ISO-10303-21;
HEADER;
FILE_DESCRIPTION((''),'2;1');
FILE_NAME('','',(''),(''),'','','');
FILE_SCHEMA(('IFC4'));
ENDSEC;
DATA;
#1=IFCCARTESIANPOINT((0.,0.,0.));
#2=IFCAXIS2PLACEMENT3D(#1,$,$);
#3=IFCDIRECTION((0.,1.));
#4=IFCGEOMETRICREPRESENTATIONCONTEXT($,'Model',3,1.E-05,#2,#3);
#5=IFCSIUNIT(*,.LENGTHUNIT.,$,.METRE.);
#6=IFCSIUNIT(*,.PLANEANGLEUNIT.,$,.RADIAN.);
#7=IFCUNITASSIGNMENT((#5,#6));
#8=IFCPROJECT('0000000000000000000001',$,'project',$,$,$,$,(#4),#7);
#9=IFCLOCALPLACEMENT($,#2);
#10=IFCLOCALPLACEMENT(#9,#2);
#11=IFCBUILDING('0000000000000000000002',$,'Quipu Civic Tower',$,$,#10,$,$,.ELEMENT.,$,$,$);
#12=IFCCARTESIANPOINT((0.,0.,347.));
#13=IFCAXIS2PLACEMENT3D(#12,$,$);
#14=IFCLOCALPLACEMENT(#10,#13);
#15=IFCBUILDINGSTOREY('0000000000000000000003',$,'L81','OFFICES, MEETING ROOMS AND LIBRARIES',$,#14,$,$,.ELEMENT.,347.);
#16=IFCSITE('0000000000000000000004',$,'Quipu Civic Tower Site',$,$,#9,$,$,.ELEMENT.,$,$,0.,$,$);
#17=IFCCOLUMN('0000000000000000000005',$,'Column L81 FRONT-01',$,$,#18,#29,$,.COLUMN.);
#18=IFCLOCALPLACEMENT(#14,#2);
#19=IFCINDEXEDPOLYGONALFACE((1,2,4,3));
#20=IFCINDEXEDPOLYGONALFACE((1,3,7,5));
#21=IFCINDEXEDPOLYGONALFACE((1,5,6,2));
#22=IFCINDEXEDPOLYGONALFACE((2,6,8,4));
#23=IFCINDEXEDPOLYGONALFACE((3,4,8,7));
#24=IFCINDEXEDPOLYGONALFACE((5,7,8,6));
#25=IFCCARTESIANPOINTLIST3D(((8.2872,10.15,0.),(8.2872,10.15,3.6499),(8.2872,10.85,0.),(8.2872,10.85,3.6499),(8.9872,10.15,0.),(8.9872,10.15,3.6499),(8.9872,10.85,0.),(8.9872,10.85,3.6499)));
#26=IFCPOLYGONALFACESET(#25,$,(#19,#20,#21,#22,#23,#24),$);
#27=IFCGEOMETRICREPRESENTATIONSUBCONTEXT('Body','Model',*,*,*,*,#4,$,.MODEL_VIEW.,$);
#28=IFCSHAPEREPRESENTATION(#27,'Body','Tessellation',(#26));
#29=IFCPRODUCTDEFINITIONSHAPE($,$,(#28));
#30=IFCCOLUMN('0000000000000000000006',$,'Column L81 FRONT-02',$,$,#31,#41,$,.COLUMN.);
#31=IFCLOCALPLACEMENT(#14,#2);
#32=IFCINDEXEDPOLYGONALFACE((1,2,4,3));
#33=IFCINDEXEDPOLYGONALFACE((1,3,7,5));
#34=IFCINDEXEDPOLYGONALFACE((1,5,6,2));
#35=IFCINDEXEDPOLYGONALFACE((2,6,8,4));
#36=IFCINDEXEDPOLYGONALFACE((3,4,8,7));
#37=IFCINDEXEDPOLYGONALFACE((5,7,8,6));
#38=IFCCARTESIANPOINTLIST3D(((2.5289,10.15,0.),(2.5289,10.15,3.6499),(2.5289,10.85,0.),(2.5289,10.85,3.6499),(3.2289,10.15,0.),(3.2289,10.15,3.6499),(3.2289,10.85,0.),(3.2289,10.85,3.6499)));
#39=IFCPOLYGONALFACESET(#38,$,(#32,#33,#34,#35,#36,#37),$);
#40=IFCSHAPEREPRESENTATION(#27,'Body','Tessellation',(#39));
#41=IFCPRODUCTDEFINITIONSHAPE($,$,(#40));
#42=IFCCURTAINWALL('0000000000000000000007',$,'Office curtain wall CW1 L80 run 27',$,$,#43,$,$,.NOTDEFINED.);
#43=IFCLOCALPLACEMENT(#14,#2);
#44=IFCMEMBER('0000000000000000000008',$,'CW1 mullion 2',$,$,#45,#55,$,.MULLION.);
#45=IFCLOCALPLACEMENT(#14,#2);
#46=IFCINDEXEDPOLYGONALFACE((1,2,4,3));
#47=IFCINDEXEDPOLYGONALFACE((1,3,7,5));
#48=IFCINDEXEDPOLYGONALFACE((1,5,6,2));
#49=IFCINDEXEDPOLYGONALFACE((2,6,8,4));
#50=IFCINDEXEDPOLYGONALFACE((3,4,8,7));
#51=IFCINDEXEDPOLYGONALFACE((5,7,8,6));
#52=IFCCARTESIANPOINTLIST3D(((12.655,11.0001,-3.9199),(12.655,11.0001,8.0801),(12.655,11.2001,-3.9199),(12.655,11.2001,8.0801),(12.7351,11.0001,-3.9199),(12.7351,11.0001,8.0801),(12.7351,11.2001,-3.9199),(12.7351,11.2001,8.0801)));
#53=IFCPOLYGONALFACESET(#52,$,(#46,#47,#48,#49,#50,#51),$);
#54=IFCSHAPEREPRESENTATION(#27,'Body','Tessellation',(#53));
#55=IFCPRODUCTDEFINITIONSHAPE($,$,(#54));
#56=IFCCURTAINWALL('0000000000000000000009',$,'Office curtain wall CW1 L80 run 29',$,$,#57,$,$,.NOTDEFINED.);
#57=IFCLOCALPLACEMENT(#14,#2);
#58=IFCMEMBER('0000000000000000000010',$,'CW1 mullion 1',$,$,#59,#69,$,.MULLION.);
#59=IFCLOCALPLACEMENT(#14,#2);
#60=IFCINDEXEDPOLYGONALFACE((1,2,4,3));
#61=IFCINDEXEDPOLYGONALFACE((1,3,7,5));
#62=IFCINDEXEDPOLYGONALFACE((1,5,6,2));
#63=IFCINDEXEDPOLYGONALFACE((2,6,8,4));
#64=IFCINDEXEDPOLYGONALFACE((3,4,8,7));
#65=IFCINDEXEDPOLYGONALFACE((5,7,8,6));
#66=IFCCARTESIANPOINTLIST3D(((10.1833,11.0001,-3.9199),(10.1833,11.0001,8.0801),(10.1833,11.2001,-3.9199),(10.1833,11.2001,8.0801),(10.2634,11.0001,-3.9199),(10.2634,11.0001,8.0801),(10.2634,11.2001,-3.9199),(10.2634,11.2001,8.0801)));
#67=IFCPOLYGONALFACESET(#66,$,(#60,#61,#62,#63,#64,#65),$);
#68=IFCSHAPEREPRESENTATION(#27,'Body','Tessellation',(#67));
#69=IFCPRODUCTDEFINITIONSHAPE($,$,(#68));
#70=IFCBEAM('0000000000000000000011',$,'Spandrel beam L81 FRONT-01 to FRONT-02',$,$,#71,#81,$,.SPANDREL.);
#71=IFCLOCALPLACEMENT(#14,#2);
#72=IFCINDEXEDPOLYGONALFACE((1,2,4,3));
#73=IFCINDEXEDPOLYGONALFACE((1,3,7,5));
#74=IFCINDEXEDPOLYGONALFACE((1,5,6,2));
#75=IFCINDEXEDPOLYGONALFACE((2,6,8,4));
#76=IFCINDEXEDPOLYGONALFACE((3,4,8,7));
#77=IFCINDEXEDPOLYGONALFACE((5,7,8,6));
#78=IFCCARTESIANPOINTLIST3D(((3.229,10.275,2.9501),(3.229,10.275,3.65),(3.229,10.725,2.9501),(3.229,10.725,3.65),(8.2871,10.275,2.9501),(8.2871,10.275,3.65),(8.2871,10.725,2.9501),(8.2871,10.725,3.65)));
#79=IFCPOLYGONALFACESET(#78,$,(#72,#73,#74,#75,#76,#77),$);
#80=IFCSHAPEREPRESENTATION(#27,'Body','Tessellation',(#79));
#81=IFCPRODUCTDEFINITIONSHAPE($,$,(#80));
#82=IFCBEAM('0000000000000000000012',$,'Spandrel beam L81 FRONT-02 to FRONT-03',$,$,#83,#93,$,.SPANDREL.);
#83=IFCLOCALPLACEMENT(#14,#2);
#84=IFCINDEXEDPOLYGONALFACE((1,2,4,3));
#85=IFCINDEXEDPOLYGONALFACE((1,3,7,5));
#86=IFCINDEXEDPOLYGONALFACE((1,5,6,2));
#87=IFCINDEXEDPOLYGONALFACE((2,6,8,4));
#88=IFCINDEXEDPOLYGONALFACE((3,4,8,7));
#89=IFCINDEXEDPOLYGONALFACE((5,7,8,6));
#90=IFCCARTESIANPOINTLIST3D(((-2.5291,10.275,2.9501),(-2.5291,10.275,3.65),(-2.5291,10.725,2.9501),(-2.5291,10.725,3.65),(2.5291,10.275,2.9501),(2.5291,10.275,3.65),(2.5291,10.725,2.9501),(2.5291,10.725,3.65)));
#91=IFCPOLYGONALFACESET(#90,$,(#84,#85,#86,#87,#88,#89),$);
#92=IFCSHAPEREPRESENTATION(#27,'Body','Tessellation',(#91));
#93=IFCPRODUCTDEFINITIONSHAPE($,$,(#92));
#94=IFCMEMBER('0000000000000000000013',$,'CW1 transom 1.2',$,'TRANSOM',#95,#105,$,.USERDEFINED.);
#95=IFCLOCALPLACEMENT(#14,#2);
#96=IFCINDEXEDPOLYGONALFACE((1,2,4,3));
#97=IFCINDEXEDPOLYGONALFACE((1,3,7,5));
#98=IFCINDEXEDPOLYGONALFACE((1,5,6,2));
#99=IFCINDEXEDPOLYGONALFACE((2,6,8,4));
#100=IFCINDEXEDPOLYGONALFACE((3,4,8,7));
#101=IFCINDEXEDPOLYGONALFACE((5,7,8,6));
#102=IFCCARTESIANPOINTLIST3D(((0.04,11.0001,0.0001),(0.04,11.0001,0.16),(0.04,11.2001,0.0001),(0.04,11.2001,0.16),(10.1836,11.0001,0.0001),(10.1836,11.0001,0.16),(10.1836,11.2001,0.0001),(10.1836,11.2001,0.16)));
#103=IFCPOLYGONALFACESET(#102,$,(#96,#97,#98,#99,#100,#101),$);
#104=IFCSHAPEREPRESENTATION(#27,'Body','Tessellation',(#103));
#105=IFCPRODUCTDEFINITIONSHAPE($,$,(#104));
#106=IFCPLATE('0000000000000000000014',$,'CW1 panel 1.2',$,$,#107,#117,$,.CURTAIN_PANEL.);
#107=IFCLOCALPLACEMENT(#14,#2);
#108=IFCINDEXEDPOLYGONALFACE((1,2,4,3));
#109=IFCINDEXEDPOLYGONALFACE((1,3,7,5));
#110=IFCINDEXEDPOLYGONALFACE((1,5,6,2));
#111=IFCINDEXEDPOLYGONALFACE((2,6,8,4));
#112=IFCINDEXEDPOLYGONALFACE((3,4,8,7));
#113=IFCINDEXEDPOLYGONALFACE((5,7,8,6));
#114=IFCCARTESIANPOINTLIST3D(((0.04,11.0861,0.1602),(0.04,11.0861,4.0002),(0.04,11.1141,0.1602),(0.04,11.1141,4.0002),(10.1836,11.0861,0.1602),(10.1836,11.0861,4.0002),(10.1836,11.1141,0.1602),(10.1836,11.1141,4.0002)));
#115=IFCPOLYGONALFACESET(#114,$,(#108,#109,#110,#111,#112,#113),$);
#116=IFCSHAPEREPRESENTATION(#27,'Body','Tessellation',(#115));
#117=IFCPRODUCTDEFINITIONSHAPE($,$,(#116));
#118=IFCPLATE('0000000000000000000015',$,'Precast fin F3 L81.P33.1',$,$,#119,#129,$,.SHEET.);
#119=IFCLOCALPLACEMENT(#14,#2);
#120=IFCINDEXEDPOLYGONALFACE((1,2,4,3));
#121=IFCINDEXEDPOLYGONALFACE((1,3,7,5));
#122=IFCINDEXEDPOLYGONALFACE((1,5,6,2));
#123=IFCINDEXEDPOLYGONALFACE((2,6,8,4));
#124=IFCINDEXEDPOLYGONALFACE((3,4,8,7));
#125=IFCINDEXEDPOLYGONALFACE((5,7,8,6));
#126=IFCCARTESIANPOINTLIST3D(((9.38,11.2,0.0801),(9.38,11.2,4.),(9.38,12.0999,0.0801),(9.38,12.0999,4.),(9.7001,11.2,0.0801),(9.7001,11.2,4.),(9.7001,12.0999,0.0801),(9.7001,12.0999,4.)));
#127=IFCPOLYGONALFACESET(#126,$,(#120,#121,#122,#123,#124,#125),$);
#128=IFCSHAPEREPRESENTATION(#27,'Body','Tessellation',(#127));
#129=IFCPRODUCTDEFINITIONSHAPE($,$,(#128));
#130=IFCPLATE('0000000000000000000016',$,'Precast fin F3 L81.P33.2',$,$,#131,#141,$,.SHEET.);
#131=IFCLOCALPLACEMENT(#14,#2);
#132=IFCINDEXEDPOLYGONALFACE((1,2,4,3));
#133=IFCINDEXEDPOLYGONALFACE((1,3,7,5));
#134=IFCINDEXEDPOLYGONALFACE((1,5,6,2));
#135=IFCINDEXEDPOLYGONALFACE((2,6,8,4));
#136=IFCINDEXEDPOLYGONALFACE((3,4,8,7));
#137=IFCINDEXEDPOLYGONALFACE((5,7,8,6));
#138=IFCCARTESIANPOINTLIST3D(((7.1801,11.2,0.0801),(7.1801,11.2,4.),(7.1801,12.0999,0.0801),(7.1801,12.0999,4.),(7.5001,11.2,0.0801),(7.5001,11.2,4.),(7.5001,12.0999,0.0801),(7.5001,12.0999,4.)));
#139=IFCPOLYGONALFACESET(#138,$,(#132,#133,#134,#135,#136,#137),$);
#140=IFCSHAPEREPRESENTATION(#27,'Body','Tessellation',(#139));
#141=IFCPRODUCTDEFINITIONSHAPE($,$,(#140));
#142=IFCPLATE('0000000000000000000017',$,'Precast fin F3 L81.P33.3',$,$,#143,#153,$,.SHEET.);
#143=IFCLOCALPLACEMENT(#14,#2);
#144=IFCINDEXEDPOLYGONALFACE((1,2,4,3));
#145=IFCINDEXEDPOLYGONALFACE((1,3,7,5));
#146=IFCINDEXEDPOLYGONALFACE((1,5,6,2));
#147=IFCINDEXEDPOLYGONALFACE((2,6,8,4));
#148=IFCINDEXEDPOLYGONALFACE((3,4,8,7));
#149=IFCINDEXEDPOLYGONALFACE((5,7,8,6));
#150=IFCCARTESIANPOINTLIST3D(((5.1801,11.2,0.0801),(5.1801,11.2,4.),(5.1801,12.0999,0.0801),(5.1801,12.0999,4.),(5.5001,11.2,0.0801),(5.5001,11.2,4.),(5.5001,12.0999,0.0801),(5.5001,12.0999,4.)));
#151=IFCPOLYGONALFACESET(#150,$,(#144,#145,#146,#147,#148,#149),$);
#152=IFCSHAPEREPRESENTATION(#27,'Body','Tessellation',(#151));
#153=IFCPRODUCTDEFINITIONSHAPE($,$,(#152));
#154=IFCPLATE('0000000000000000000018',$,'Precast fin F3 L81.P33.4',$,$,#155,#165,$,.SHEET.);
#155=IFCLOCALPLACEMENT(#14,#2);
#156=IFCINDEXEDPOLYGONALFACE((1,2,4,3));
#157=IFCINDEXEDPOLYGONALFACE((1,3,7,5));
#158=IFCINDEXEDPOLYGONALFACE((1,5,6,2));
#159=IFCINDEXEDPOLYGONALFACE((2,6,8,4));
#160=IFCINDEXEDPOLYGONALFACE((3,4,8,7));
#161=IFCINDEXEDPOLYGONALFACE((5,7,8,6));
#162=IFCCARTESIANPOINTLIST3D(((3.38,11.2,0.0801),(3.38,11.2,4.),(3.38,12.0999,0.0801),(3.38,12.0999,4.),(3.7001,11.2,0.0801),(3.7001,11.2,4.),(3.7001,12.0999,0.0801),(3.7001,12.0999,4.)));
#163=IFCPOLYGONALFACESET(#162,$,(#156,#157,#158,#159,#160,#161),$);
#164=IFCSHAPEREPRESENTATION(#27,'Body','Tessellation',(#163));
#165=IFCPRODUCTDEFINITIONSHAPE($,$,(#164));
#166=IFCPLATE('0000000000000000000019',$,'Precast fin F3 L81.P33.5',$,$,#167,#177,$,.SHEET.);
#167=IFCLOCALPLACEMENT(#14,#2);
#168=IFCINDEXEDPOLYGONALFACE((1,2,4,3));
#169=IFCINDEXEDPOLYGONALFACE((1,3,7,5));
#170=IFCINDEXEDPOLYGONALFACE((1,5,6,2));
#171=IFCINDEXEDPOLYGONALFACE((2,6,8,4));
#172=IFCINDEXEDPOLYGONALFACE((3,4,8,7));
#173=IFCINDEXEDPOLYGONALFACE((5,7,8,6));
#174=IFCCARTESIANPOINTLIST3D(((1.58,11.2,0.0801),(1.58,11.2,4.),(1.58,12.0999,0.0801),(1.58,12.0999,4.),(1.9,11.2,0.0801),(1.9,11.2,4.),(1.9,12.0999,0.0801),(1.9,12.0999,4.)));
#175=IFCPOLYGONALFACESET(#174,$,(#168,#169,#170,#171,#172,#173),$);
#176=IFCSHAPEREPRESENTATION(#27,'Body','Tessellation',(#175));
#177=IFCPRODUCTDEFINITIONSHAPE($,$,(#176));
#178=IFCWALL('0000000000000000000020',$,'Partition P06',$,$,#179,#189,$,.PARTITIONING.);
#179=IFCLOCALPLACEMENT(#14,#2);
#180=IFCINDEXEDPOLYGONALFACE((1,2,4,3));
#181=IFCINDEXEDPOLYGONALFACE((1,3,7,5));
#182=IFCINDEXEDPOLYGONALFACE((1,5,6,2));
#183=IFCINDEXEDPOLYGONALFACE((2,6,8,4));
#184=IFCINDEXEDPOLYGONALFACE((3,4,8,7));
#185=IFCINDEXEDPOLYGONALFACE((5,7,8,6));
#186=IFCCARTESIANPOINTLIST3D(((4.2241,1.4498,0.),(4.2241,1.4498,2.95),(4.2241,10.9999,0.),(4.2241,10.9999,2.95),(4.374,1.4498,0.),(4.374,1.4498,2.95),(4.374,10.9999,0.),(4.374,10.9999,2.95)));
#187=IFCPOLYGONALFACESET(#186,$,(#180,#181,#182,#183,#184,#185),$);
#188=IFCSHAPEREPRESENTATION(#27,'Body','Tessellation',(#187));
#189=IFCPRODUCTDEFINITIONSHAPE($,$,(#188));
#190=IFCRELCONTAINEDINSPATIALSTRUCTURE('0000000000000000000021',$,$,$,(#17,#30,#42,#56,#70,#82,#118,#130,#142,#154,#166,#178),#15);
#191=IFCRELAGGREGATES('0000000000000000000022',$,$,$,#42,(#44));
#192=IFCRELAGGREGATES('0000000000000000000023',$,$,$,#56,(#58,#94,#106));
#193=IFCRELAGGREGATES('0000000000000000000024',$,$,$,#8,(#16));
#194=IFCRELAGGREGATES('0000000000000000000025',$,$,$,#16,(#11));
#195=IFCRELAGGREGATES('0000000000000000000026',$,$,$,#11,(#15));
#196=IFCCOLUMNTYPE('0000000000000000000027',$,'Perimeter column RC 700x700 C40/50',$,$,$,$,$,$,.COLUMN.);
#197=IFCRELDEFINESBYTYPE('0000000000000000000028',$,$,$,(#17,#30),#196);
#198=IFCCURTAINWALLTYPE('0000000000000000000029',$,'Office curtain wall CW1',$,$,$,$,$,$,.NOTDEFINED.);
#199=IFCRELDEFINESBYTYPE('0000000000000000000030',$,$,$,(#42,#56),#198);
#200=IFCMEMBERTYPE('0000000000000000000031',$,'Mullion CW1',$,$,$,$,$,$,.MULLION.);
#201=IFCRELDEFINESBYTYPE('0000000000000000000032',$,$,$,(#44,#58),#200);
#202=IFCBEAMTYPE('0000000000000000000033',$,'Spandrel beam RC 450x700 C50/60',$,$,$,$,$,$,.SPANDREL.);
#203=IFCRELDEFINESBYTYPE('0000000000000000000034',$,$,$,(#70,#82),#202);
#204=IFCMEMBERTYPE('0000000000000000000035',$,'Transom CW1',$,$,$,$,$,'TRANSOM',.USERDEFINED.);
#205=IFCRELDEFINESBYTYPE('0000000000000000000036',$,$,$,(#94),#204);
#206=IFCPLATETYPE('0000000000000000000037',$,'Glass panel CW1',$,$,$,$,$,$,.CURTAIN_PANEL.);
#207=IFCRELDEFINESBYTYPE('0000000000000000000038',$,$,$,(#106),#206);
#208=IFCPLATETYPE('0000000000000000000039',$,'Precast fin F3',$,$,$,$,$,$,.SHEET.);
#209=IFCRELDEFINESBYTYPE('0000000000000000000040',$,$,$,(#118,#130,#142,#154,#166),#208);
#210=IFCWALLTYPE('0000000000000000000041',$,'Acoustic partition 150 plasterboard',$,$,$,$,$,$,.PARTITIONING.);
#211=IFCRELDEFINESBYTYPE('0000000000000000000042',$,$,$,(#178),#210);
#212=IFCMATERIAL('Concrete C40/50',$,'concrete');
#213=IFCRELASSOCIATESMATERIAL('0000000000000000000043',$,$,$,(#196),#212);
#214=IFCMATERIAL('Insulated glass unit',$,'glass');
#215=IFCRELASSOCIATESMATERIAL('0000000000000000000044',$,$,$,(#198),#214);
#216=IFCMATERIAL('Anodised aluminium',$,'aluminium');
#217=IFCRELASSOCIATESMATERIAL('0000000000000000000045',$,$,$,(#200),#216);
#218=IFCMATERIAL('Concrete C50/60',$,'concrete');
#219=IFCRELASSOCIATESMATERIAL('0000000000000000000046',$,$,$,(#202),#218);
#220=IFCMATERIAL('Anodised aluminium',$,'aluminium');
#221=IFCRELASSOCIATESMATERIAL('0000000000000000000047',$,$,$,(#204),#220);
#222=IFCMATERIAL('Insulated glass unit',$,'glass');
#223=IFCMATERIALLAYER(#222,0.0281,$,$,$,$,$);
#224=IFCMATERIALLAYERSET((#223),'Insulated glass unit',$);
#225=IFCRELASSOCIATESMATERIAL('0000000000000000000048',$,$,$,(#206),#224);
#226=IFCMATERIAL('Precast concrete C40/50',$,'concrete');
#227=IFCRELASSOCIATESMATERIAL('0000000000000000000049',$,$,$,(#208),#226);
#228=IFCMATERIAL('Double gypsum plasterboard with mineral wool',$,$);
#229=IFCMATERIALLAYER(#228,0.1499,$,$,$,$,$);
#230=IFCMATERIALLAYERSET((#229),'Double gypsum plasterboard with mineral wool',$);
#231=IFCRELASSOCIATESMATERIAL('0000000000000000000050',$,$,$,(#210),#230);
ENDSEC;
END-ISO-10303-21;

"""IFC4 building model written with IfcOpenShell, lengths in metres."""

from ifc_helpers import new_model, si_unit, direction, frame, frame_2d, origin, origin_2d, place, context, subcontext, project, spatial, rectangle, extrude, material, layer, layer_set, material_profile, profile_set, type_object, element, aggregate, save


model = new_model("IFC4")

# Units and contexts
model_context = context("Model", 3, precision=1e-05, world=origin(), true_north=direction((0.0, 1.0)))
body_context = subcontext(model_context, "Body", "Model", "MODEL_VIEW")
ifc_project = project(units=[si_unit("LENGTHUNIT", "METRE"), si_unit("PLANEANGLEUNIT", "RADIAN")], contexts=[model_context])

# Site, building, storey
site_placement = place(None, origin())
site = spatial("IfcSite", under=ifc_project, at=site_placement, Name="Quipu Civic Tower Site", CompositionType="ELEMENT", RefElevation=0.0)
building_placement = place(site_placement, origin())
building = spatial("IfcBuilding", under=site, at=building_placement, Name="Quipu Civic Tower", CompositionType="ELEMENT")
storey_placement = place(building_placement, frame((0.0, 0.0, 347.0)))
storey = spatial("IfcBuildingStorey", under=building, at=storey_placement, Name="L81", Description="OFFICES, MEETING ROOMS AND LIBRARIES", CompositionType="ELEMENT", Elevation=347.0)

# Columns
ifc_material_1 = material(Name="Concrete C40/50", Category="concrete")
ifc_material_profile_1 = material_profile(ifc_material_1, rectangle(XDim=0.7, YDim=0.7, at=origin_2d()), Name="RC700x700")
ifc_profile_set_1 = profile_set([ifc_material_profile_1], Name="Concrete C40/50")
column_type = type_object("IfcColumnType", Name="Perimeter column RC 700x700 C40/50", PredefinedType="COLUMN", material=ifc_profile_set_1)
for number, where, z_axis, x_axis, name in (
    (1, (8.6372, 10.5, 0.0), (0.0, 0.0, 1.0), (-1.0, 0.0, 0.0), "Column L81 FRONT-01"),
    (2, (2.8789, 10.5, 0.0), (0.0, 0.0, 1.0), (-1.0, 0.0, 0.0), "Column L81 FRONT-02"),
):
    element("IfcColumn", number, at=place(storey_placement, frame(where, z_axis=z_axis, x_axis=x_axis)), inside=storey, type_object=column_type, Name=name, PredefinedType="COLUMN", context=body_context, shape_type="SweptSolid", body=[
        extrude(rectangle(XDim=0.7, YDim=0.7, at=origin_2d()), origin(), (0.0, 0.0, 1.0), 3.6499),
    ])

# Curtain walls, members
ifc_material_2 = material(Name="Insulated glass unit", Category="glass")
curtain_wall_type = type_object("IfcCurtainWallType", Name="Office curtain wall CW1", PredefinedType="NOTDEFINED", material=ifc_material_2)
curtain_wall_1_placement = place(storey_placement, origin())
curtain_wall_1 = element("IfcCurtainWall", 3, at=curtain_wall_1_placement, inside=storey, type_object=curtain_wall_type, Name="Office curtain wall CW1 L80 run 27", PredefinedType="NOTDEFINED")
ifc_material_3 = material(Name="Anodised aluminium", Category="aluminium")
ifc_material_profile_2 = material_profile(ifc_material_3, rectangle(XDim=0.2, YDim=0.0801, at=origin_2d()), Name="RECT 200x80")
ifc_profile_set_2 = profile_set([ifc_material_profile_2], Name="Anodised aluminium")
member_type_1 = type_object("IfcMemberType", Name="Mullion CW1", PredefinedType="MULLION", material=ifc_profile_set_2)
member_1_placement = place(storey_placement, frame((12.6951, 11.1001, -3.9199), z_axis=(0.0, 0.0, 1.0), x_axis=(0.0, -1.0, 0.0)))
member_1 = element("IfcMember", 4, at=member_1_placement, type_object=member_type_1, Name="CW1 mullion 2", PredefinedType="MULLION", context=body_context, shape_type="SweptSolid", body=[
    extrude(rectangle(XDim=0.2, YDim=0.0801, at=origin_2d()), origin(), (0.0, 0.0, 1.0), 12.0),
])
aggregate(curtain_wall_1, [member_1])
curtain_wall_2_placement = place(storey_placement, origin())
curtain_wall_2 = element("IfcCurtainWall", 5, at=curtain_wall_2_placement, inside=storey, type_object=curtain_wall_type, Name="Office curtain wall CW1 L80 run 29", PredefinedType="NOTDEFINED")
member_2_placement = place(storey_placement, frame((10.2234, 11.1001, -3.9199), z_axis=(0.0, 0.0, 1.0), x_axis=(0.0, -1.0, 0.0)))
member_2 = element("IfcMember", 6, at=member_2_placement, type_object=member_type_1, Name="CW1 mullion 1", PredefinedType="MULLION", context=body_context, shape_type="SweptSolid", body=[
    extrude(rectangle(XDim=0.2, YDim=0.0801, at=origin_2d()), origin(), (0.0, 0.0, 1.0), 12.0),
])

# Beams
ifc_material_4 = material(Name="Concrete C50/60", Category="concrete")
ifc_material_profile_3 = material_profile(ifc_material_4, rectangle(XDim=0.45, YDim=0.7, at=origin_2d()), Name="RC450x700")
ifc_profile_set_3 = profile_set([ifc_material_profile_3], Name="Concrete C50/60")
beam_type = type_object("IfcBeamType", Name="Spandrel beam RC 450x700 C50/60", PredefinedType="SPANDREL", material=ifc_profile_set_3)
for number, where, z_axis, x_axis, name in (
    (7, (8.2871, 10.5, 3.3), (-1.0, 0.0, 0.0), (0.0, -1.0, 0.0), "Spandrel beam L81 FRONT-01 to FRONT-02"),
    (8, (2.5291, 10.5, 3.3), (-1.0, 0.0, 0.0), (0.0, -1.0, 0.0), "Spandrel beam L81 FRONT-02 to FRONT-03"),
):
    element("IfcBeam", number, at=place(storey_placement, frame(where, z_axis=z_axis, x_axis=x_axis)), inside=storey, type_object=beam_type, Name=name, PredefinedType="SPANDREL", context=body_context, shape_type="SweptSolid", body=[
        extrude(rectangle(XDim=0.45, YDim=0.7, at=origin_2d()), origin(), (0.0, 0.0, 1.0), 5.0581),
    ])

# Member
ifc_material_5 = material(Name="Anodised aluminium", Category="aluminium")
ifc_material_profile_4 = material_profile(ifc_material_5, rectangle(XDim=0.2, YDim=0.1599, at=origin_2d()), Name="RECT 200x160")
ifc_profile_set_4 = profile_set([ifc_material_profile_4], Name="Anodised aluminium")
member_type_2 = type_object("IfcMemberType", Name="Transom CW1", ElementType="TRANSOM", PredefinedType="USERDEFINED", material=ifc_profile_set_4)
member_3_placement = place(storey_placement, frame((10.1836, 11.1001, 0.0801), z_axis=(-1.0, 0.0, 0.0), x_axis=(0.0, -1.0, 0.0)))
member_3 = element("IfcMember", 9, at=member_3_placement, type_object=member_type_2, Name="CW1 transom 1.2", ObjectType="TRANSOM", PredefinedType="USERDEFINED", context=body_context, shape_type="SweptSolid", body=[
    extrude(rectangle(XDim=0.2, YDim=0.1599, at=origin_2d()), origin(), (0.0, 0.0, 1.0), 10.1436),
])

# Plate
ifc_material_6 = material(Name="Insulated glass unit", Category="glass")
ifc_layer_1 = layer(ifc_material_6, 0.0281)
ifc_layer_set_1 = layer_set([ifc_layer_1], Name="Insulated glass unit")
plate_type_1 = type_object("IfcPlateType", Name="Glass panel CW1", PredefinedType="CURTAIN_PANEL", material=ifc_layer_set_1)
plate_placement = place(storey_placement, frame((5.1118, 11.1001, 0.1602), z_axis=(0.0, 0.0, 1.0), x_axis=(-1.0, 0.0, 0.0)))
plate = element("IfcPlate", 10, at=plate_placement, type_object=plate_type_1, Name="CW1 panel 1.2", PredefinedType="CURTAIN_PANEL", context=body_context, shape_type="SweptSolid", body=[
    extrude(rectangle(XDim=10.1436, YDim=0.0281, at=origin_2d()), origin(), (0.0, 0.0, 1.0), 3.8401),
])
aggregate(curtain_wall_2, [member_2, member_3, plate])

# Plates
ifc_material_7 = material(Name="Precast concrete C40/50", Category="concrete")
plate_type_2 = type_object("IfcPlateType", Name="Precast fin F3", PredefinedType="SHEET", material=ifc_material_7)
for number, where, z_axis, x_axis, name in (
    (11, (9.54, 11.6499, 0.0801), (0.0, 0.0, 1.0), (-1.0, 0.0, 0.0), "Precast fin F3 L81.P33.1"),
    (12, (7.3401, 11.6499, 0.0801), (0.0, 0.0, 1.0), (-1.0, 0.0, 0.0), "Precast fin F3 L81.P33.2"),
    (13, (5.3401, 11.6499, 0.0801), (0.0, 0.0, 1.0), (-1.0, 0.0, 0.0), "Precast fin F3 L81.P33.3"),
    (14, (3.54, 11.6499, 0.0801), (0.0, 0.0, 1.0), (-1.0, 0.0, 0.0), "Precast fin F3 L81.P33.4"),
    (15, (1.74, 11.6499, 0.0801), (0.0, 0.0, 1.0), (-1.0, 0.0, 0.0), "Precast fin F3 L81.P33.5"),
):
    element("IfcPlate", number, at=place(storey_placement, frame(where, z_axis=z_axis, x_axis=x_axis)), inside=storey, type_object=plate_type_2, Name=name, PredefinedType="SHEET", context=body_context, shape_type="SweptSolid", body=[
        extrude(rectangle(XDim=0.3201, YDim=0.8999, at=origin_2d()), origin(), (0.0, 0.0, 1.0), 3.9199),
    ])

# Wall
ifc_material_8 = material(Name="Double gypsum plasterboard with mineral wool")
ifc_layer_2 = layer(ifc_material_8, 0.1499)
ifc_layer_set_2 = layer_set([ifc_layer_2], Name="Double gypsum plasterboard with mineral wool")
wall_type_1 = type_object("IfcWallType", Name="Acoustic partition 150 plasterboard", PredefinedType="PARTITIONING", material=ifc_layer_set_2)
wall_1_placement = place(storey_placement, frame((4.2991, 1.45, 0.0), z_axis=(0.0, 0.0, 1.0), x_axis=(0.0, 1.0, 0.0)))
element("IfcWall", 16, at=wall_1_placement, inside=storey, type_object=wall_type_1, Name="Partition P06", PredefinedType="PARTITIONING", context=body_context, shape_type="SweptSolid", body=[
    extrude(rectangle(XDim=9.55, YDim=0.1499, at=frame_2d((4.7749, 0.0))), origin(), (0.0, 0.0, 1.0), 2.95),
])

save(model, "model.ifc")
